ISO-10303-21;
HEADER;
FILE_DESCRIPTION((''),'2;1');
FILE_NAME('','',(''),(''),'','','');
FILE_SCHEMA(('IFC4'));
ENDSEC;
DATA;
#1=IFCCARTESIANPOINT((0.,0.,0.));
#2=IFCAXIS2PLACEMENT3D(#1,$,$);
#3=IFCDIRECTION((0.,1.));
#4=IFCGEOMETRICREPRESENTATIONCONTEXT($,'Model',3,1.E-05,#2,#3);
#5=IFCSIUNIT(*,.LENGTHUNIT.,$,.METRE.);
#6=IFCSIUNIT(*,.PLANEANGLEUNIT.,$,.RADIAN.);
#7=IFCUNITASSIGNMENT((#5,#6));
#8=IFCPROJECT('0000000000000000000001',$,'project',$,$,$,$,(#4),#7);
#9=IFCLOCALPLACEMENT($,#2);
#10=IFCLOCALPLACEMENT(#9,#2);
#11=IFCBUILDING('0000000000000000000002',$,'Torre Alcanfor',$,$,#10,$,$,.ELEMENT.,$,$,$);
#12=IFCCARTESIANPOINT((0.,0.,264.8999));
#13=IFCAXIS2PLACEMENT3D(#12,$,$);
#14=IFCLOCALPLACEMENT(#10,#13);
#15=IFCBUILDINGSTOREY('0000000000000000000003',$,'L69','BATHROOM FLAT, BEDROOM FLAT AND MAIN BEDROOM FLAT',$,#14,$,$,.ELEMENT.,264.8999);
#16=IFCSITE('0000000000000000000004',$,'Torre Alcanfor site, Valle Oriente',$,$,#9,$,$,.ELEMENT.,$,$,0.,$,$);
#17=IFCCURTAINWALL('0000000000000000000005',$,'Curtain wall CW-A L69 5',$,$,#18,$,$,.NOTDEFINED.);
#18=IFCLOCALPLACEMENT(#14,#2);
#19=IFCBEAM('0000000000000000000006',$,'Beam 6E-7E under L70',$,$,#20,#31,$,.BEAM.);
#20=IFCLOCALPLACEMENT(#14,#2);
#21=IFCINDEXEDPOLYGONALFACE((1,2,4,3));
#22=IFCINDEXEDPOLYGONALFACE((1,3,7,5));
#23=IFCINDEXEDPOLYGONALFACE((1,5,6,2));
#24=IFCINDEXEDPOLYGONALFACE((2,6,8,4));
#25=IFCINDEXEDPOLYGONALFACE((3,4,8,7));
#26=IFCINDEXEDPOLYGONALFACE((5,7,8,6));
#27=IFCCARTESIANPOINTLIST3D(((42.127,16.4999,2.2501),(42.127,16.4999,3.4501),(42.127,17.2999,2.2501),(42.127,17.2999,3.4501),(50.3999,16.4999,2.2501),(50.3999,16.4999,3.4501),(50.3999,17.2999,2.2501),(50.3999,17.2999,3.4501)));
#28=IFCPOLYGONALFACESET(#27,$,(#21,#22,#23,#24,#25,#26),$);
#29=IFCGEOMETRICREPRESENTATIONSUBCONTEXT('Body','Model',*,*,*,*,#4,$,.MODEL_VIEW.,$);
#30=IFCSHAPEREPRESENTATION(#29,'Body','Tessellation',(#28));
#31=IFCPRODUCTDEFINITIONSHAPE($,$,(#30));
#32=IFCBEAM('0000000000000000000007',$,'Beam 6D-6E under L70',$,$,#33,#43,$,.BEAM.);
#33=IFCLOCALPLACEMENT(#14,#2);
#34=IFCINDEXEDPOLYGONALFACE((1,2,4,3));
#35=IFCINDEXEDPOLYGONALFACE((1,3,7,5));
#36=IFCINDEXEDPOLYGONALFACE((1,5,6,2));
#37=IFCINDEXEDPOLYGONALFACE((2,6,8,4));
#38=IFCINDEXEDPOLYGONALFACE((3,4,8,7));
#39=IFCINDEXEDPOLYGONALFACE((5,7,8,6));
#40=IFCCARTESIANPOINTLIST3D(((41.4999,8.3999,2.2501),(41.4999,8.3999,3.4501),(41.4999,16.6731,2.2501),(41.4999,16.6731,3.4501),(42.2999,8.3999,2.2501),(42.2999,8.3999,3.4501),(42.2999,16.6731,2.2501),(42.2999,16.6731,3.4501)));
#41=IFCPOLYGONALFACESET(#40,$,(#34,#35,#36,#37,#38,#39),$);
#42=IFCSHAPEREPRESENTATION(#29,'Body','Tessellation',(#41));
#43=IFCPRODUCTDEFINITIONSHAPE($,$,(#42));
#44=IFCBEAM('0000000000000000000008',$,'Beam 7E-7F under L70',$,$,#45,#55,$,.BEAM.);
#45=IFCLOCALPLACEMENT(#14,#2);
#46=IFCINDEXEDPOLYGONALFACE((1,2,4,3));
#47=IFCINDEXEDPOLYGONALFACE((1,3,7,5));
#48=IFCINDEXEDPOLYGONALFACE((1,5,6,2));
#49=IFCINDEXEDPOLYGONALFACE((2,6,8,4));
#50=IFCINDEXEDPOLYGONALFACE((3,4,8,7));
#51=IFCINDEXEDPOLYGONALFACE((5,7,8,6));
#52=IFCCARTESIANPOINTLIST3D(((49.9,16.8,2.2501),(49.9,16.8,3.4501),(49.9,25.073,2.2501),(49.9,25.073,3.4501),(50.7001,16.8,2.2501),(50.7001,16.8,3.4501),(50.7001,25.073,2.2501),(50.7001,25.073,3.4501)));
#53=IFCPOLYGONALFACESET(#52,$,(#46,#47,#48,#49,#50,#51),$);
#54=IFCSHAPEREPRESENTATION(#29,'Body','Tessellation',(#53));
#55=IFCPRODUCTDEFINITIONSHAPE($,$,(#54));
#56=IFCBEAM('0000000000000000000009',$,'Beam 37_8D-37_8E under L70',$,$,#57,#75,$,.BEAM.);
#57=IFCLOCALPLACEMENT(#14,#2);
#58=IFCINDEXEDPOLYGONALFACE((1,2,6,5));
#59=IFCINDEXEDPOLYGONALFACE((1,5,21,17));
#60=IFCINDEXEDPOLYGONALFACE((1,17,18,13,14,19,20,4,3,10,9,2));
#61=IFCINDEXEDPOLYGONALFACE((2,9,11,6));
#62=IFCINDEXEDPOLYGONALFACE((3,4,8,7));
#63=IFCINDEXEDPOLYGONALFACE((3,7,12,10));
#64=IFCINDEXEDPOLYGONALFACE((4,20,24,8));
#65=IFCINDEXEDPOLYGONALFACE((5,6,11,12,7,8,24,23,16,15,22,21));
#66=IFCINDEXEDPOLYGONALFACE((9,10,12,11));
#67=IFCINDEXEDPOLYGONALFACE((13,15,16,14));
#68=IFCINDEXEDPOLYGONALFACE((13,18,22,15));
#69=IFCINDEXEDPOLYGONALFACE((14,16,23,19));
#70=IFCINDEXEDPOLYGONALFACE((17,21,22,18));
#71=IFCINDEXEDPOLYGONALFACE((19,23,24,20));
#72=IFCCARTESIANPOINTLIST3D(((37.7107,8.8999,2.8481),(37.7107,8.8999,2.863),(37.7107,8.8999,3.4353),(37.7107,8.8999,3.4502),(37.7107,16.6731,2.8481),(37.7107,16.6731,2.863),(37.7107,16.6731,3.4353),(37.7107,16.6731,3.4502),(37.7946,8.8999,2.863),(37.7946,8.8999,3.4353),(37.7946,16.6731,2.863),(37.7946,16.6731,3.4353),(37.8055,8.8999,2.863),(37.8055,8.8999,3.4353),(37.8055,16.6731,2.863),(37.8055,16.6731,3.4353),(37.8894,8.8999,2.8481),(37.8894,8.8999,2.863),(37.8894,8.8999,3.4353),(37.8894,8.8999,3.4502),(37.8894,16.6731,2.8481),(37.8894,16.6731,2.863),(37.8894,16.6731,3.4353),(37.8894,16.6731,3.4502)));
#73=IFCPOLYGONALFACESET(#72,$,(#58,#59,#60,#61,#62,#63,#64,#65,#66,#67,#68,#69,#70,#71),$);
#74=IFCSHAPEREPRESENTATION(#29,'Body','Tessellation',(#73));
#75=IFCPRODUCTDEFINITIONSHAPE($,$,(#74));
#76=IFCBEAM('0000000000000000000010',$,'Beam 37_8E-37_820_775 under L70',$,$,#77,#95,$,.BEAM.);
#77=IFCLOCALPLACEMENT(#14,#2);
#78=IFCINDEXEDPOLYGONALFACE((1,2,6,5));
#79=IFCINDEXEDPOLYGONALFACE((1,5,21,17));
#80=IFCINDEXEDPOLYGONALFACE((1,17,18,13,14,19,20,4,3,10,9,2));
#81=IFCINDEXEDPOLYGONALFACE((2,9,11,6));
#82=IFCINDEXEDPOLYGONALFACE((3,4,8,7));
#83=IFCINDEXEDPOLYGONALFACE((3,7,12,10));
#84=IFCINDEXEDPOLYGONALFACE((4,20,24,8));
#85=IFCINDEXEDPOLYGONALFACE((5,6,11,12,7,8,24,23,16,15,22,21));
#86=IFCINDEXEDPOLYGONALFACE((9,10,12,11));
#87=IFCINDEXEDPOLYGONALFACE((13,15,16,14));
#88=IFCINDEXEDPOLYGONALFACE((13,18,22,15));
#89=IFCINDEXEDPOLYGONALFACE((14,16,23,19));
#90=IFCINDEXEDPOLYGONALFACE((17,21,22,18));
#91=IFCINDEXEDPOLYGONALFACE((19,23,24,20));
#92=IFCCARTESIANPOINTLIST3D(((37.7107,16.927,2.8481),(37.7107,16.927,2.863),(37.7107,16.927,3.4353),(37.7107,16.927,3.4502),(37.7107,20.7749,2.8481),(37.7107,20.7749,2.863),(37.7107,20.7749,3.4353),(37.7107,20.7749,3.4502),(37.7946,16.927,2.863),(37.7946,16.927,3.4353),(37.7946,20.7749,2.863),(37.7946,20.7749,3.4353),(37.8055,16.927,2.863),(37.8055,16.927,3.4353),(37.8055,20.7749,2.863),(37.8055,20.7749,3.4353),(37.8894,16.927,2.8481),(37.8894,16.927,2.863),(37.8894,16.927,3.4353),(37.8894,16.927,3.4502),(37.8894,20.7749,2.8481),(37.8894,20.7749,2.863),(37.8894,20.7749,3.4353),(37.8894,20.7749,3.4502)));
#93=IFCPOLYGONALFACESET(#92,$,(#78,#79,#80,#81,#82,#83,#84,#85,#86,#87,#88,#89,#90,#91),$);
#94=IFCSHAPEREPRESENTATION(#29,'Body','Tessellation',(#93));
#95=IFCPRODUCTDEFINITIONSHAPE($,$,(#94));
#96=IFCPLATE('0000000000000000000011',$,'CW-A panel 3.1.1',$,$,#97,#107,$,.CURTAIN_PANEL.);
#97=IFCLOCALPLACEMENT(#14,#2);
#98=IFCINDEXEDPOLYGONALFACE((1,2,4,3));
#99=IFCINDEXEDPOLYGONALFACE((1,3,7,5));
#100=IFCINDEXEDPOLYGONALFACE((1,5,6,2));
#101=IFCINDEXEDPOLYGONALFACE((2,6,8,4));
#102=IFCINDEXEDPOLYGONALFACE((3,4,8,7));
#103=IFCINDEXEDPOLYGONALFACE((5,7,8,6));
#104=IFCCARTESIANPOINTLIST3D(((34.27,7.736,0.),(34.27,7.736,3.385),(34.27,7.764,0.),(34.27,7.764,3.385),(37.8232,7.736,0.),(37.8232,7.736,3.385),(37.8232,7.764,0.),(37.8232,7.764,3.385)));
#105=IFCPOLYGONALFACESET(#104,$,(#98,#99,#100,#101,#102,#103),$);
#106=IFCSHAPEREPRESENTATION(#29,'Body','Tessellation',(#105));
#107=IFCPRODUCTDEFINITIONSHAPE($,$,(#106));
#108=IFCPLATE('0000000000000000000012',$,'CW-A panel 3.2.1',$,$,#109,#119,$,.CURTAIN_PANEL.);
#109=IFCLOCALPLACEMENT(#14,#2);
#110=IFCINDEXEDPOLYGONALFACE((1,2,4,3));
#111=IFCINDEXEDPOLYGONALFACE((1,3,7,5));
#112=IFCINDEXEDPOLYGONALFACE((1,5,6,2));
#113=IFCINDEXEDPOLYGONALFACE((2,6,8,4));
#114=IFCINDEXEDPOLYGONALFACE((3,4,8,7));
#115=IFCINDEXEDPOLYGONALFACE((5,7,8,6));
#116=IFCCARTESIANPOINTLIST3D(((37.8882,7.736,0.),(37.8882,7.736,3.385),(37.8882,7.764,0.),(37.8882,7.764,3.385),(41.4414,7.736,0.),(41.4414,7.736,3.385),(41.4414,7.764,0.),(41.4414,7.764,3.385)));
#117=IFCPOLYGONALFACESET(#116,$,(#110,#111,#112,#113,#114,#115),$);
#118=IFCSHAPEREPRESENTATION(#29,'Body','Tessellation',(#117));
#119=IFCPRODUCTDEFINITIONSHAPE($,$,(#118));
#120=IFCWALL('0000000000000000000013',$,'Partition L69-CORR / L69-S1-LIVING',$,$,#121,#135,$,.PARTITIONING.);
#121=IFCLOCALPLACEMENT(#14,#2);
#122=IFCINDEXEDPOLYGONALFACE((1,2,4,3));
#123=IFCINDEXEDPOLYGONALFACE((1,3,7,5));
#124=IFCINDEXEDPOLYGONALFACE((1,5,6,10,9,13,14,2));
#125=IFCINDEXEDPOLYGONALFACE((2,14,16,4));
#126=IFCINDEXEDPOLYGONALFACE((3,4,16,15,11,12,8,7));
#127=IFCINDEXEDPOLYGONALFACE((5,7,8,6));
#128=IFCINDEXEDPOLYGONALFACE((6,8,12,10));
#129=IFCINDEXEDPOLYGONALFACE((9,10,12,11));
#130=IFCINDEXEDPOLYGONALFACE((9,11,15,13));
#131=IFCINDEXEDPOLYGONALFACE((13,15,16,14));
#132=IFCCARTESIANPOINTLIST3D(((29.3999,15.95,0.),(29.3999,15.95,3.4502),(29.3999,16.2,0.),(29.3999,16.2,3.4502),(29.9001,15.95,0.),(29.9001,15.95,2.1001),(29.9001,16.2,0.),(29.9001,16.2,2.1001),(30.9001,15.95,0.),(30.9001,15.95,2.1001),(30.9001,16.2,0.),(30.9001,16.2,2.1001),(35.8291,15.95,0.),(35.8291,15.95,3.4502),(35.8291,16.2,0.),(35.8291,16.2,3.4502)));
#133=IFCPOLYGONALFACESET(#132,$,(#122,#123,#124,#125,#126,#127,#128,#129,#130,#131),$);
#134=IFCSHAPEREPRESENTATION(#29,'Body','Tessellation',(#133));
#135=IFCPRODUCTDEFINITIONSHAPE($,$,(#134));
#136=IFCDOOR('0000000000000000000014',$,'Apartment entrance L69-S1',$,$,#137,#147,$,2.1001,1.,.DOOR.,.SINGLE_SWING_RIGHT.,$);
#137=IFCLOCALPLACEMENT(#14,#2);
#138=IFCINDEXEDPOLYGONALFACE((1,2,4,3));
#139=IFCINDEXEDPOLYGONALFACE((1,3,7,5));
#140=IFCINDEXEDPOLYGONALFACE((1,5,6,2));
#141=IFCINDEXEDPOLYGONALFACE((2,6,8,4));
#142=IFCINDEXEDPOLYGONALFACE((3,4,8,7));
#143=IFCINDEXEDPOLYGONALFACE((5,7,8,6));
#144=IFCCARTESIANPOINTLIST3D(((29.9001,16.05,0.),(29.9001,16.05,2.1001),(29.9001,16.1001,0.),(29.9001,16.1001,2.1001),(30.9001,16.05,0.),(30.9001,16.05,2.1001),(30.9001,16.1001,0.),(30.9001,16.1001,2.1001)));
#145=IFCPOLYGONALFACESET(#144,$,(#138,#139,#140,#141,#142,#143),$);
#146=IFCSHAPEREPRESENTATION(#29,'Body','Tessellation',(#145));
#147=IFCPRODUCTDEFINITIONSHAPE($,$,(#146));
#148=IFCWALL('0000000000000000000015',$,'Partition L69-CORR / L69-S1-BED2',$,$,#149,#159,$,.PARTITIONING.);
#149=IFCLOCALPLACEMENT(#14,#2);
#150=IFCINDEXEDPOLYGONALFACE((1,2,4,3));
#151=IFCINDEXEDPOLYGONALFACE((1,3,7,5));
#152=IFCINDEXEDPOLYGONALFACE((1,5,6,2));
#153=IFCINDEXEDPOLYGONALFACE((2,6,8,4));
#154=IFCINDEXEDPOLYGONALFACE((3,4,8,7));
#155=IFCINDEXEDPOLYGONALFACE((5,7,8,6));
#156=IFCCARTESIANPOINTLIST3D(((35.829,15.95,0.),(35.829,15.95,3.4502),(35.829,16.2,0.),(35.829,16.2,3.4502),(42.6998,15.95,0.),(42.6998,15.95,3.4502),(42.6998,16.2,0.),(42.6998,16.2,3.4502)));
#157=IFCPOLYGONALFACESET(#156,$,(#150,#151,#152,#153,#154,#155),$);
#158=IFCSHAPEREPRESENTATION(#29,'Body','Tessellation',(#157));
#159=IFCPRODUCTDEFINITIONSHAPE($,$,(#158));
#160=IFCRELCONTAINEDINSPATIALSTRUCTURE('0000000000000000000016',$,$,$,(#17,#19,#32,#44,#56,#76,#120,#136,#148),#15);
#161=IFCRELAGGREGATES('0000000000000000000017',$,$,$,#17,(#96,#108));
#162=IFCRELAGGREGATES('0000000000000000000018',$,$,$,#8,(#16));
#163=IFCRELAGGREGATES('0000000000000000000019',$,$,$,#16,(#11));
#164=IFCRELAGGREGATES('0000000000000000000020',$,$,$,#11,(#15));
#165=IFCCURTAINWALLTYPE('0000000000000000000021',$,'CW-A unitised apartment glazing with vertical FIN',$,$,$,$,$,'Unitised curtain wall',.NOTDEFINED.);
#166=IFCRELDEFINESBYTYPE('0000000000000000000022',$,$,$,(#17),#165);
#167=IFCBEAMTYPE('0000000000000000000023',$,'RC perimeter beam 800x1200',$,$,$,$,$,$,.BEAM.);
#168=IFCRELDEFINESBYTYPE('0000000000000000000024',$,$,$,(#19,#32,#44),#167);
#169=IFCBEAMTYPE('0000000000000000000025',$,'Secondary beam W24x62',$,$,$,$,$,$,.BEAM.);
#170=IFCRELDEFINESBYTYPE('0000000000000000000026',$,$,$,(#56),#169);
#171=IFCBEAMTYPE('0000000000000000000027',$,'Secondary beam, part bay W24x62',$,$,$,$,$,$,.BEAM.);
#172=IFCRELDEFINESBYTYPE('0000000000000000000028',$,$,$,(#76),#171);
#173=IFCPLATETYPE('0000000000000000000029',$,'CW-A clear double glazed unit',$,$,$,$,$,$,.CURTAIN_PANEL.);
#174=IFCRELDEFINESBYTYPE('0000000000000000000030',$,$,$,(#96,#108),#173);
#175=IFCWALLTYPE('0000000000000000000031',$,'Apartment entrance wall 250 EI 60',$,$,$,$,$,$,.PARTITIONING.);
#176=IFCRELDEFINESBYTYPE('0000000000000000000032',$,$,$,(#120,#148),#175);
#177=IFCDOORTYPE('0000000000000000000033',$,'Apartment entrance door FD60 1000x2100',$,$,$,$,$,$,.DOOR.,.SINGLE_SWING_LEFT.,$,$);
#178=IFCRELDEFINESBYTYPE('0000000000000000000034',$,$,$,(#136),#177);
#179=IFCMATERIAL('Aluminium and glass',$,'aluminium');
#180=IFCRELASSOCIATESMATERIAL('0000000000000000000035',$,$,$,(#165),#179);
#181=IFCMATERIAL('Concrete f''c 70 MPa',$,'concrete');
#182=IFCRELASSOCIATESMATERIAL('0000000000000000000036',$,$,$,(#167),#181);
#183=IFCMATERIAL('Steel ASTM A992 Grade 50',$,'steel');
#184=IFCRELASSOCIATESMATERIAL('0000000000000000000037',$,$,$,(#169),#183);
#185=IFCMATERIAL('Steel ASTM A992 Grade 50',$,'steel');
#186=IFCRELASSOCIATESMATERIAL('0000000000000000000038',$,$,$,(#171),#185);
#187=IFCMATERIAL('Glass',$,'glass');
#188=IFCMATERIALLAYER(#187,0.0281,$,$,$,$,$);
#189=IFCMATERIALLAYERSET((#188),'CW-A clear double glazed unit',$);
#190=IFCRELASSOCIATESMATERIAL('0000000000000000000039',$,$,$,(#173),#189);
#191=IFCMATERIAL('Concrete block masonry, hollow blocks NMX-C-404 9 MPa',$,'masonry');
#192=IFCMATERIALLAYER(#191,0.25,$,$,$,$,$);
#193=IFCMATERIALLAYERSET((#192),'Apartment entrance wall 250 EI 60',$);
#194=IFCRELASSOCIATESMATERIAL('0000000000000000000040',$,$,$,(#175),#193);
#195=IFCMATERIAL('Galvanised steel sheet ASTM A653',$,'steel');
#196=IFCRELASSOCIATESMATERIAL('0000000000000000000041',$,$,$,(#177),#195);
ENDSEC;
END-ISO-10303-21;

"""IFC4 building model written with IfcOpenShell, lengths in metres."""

from ifc_helpers import new_model, si_unit, direction, frame, frame_2d, origin, origin_2d, place, context, subcontext, project, spatial, rectangle, i_section, extrude, material, layer, layer_set, material_profile, profile_set, type_object, element, fill, aggregate, save


model = new_model("IFC4")

# Units and contexts
model_context = context("Model", 3, precision=1e-05, world=origin(), true_north=direction((0.0, 1.0)))
body_context = subcontext(model_context, "Body", "Model", "MODEL_VIEW")
ifc_project = project(units=[si_unit("LENGTHUNIT", "METRE"), si_unit("PLANEANGLEUNIT", "RADIAN")], contexts=[model_context])

# Site, building, storey
site_placement = place(None, origin())
site = spatial("IfcSite", under=ifc_project, at=site_placement, Name="Torre Alcanfor site, Valle Oriente", CompositionType="ELEMENT", RefElevation=0.0)
building_placement = place(site_placement, origin())
building = spatial("IfcBuilding", under=site, at=building_placement, Name="Torre Alcanfor", CompositionType="ELEMENT")
storey_placement = place(building_placement, frame((0.0, 0.0, 264.8999)))
storey = spatial("IfcBuildingStorey", under=building, at=storey_placement, Name="L69", Description="BATHROOM FLAT, BEDROOM FLAT AND MAIN BEDROOM FLAT", CompositionType="ELEMENT", Elevation=264.8999)

# Curtain wall
ifc_material_1 = material(Name="Aluminium and glass", Category="aluminium")
curtain_wall_type = type_object("IfcCurtainWallType", Name="CW-A unitised apartment glazing with vertical FIN", ElementType="Unitised curtain wall", PredefinedType="NOTDEFINED", material=ifc_material_1)
curtain_wall_placement = place(storey_placement, origin())
curtain_wall = element("IfcCurtainWall", 1, at=curtain_wall_placement, inside=storey, type_object=curtain_wall_type, Name="Curtain wall CW-A L69 5", PredefinedType="NOTDEFINED")

# Beams
ifc_material_2 = material(Name="Concrete f'c 70 MPa", Category="concrete")
ifc_material_profile_1 = material_profile(ifc_material_2, rectangle(XDim=0.8, YDim=1.2, at=origin_2d()), Name="800x1200")
ifc_profile_set_1 = profile_set([ifc_material_profile_1], Name="Concrete f'c 70 MPa")
beam_type_1 = type_object("IfcBeamType", Name="RC perimeter beam 800x1200", PredefinedType="BEAM", material=ifc_profile_set_1)
beam_1_placement = place(storey_placement, frame((42.127, 16.8999, 2.8501), z_axis=(1.0, 0.0, 0.0), x_axis=(0.0, 1.0, 0.0)))
element("IfcBeam", 2, at=beam_1_placement, inside=storey, type_object=beam_type_1, Name="Beam 6E-7E under L70", PredefinedType="BEAM", context=body_context, shape_type="SweptSolid", body=[
    extrude(rectangle(XDim=0.8, YDim=1.2, at=origin_2d()), origin(), (0.0, 0.0, 1.0), 8.2729),
])
beam_2_placement = place(storey_placement, frame((41.8999, 8.3999, 2.8501), z_axis=(0.0, 1.0, 0.0), x_axis=(-1.0, 0.0, 0.0)))
element("IfcBeam", 3, at=beam_2_placement, inside=storey, type_object=beam_type_1, Name="Beam 6D-6E under L70", PredefinedType="BEAM", context=body_context, shape_type="SweptSolid", body=[
    extrude(rectangle(XDim=0.8, YDim=1.2, at=origin_2d()), origin(), (0.0, 0.0, 1.0), 8.2732),
])
beam_3_placement = place(storey_placement, frame((50.3, 16.8, 2.8501), z_axis=(0.0, 1.0, 0.0), x_axis=(-1.0, 0.0, 0.0)))
element("IfcBeam", 4, at=beam_3_placement, inside=storey, type_object=beam_type_1, Name="Beam 7E-7F under L70", PredefinedType="BEAM", context=body_context, shape_type="SweptSolid", body=[
    extrude(rectangle(XDim=0.8, YDim=1.2, at=origin_2d()), origin(), (0.0, 0.0, 1.0), 8.2729),
])
ifc_material_3 = material(Name="Steel ASTM A992 Grade 50", Category="steel")
ifc_material_profile_2 = material_profile(ifc_material_3, i_section(OverallWidth=0.1787, OverallDepth=0.6021, WebThickness=0.011, FlangeThickness=0.0149, at=origin_2d()), Name="W24x62")
ifc_profile_set_2 = profile_set([ifc_material_profile_2], Name="Steel ASTM A992 Grade 50")
beam_type_2 = type_object("IfcBeamType", Name="Secondary beam W24x62", PredefinedType="BEAM", material=ifc_profile_set_2)
beam_4_placement = place(storey_placement, frame((37.8, 8.8999, 3.1492), z_axis=(0.0, 1.0, 0.0), x_axis=(-1.0, 0.0, 0.0)))
element("IfcBeam", 5, at=beam_4_placement, inside=storey, type_object=beam_type_2, Name="Beam 37_8D-37_8E under L70", PredefinedType="BEAM", context=body_context, shape_type="SweptSolid", body=[
    extrude(i_section(OverallWidth=0.1787, OverallDepth=0.6021, WebThickness=0.011, FlangeThickness=0.0149, at=origin_2d()), origin(), (0.0, 0.0, 1.0), 7.7732),
])
ifc_material_4 = material(Name="Steel ASTM A992 Grade 50", Category="steel")
ifc_material_profile_3 = material_profile(ifc_material_4, i_section(OverallWidth=0.1787, OverallDepth=0.6021, WebThickness=0.011, FlangeThickness=0.0149, at=origin_2d()), Name="W24x62")
ifc_profile_set_3 = profile_set([ifc_material_profile_3], Name="Steel ASTM A992 Grade 50")
beam_type_3 = type_object("IfcBeamType", Name="Secondary beam, part bay W24x62", PredefinedType="BEAM", material=ifc_profile_set_3)
beam_5_placement = place(storey_placement, frame((37.8, 16.927, 3.1492), z_axis=(0.0, 1.0, 0.0), x_axis=(-1.0, 0.0, 0.0)))
element("IfcBeam", 6, at=beam_5_placement, inside=storey, type_object=beam_type_3, Name="Beam 37_8E-37_820_775 under L70", PredefinedType="BEAM", context=body_context, shape_type="SweptSolid", body=[
    extrude(i_section(OverallWidth=0.1787, OverallDepth=0.6021, WebThickness=0.011, FlangeThickness=0.0149, at=origin_2d()), origin(), (0.0, 0.0, 1.0), 3.8479),
])

# Plates
ifc_material_5 = material(Name="Glass", Category="glass")
ifc_layer_1 = layer(ifc_material_5, 0.0281)
ifc_layer_set_1 = layer_set([ifc_layer_1], Name="CW-A clear double glazed unit")
plate_type = type_object("IfcPlateType", Name="CW-A clear double glazed unit", PredefinedType="CURTAIN_PANEL", material=ifc_layer_set_1)
plate_1_placement = place(storey_placement, frame((36.0466, 7.75, 0.0), z_axis=(0.0, 0.0, 1.0), x_axis=(1.0, 0.0, 0.0)))
plate_1 = element("IfcPlate", 7, at=plate_1_placement, type_object=plate_type, Name="CW-A panel 3.1.1", PredefinedType="CURTAIN_PANEL", context=body_context, shape_type="SweptSolid", body=[
    extrude(rectangle(XDim=3.5532, YDim=0.0281, at=origin_2d()), origin(), (0.0, 0.0, 1.0), 3.385),
])
plate_2_placement = place(storey_placement, frame((39.6648, 7.75, 0.0), z_axis=(0.0, 0.0, 1.0), x_axis=(1.0, 0.0, 0.0)))
plate_2 = element("IfcPlate", 8, at=plate_2_placement, type_object=plate_type, Name="CW-A panel 3.2.1", PredefinedType="CURTAIN_PANEL", context=body_context, shape_type="SweptSolid", body=[
    extrude(rectangle(XDim=3.5532, YDim=0.0281, at=origin_2d()), origin(), (0.0, 0.0, 1.0), 3.385),
])
aggregate(curtain_wall, [plate_1, plate_2])

# Wall, opening, door
ifc_material_6 = material(Name="Concrete block masonry, hollow blocks NMX-C-404 9 MPa", Category="masonry")
ifc_layer_2 = layer(ifc_material_6, 0.25)
ifc_layer_set_2 = layer_set([ifc_layer_2], Name="Apartment entrance wall 250 EI 60")
wall_type_1 = type_object("IfcWallType", Name="Apartment entrance wall 250 EI 60", PredefinedType="PARTITIONING", material=ifc_layer_set_2)
wall_1_placement = place(storey_placement, frame((35.8291, 16.075, 0.0), z_axis=(0.0, 0.0, 1.0), x_axis=(-1.0, 0.0, 0.0)))
wall_1 = element("IfcWall", 9, at=wall_1_placement, inside=storey, type_object=wall_type_1, Name="Partition L69-CORR / L69-S1-LIVING", PredefinedType="PARTITIONING", context=body_context, shape_type="SweptSolid", body=[
    extrude(rectangle(XDim=6.4292, YDim=0.25, at=frame_2d((3.2146, 0.0))), origin(), (0.0, 0.0, 1.0), 3.4502),
])
opening_1_placement = place(wall_1_placement, frame((4.929, 0.0, 0.0)))
opening_1 = element("IfcOpeningElement", 10, at=opening_1_placement, cuts=wall_1, PredefinedType="OPENING", context=body_context, shape_type="SweptSolid", body=[
    extrude(rectangle(XDim=1.0, YDim=2.1001, at=frame_2d((0.5, 1.05))), frame((0.0, 0.135, 0.0), z_axis=(0.0, -1.0, 0.0), x_axis=(1.0, 0.0, 0.0)), (0.0, 0.0, 1.0), 0.27),
])
ifc_material_7 = material(Name="Galvanised steel sheet ASTM A653", Category="steel")
door_type_1 = type_object("IfcDoorType", Name="Apartment entrance door FD60 1000x2100", OperationType="SINGLE_SWING_LEFT", PredefinedType="DOOR", material=ifc_material_7)
door_1_placement = place(opening_1_placement, origin())
door_1 = element("IfcDoor", 11, at=door_1_placement, inside=storey, type_object=door_type_1, Name="Apartment entrance L69-S1", OperationType="SINGLE_SWING_RIGHT", OverallHeight=2.1001, OverallWidth=1.0, PredefinedType="DOOR", context=body_context, shape_type="SweptSolid", body=[
    extrude(rectangle(XDim=1.0, YDim=2.1001, at=frame_2d((0.5, 1.05))), frame((0.0, 0.0249, 0.0), z_axis=(0.0, -1.0, 0.0), x_axis=(1.0, 0.0, 0.0)), (0.0, 0.0, 1.0), 0.05),
])
fill(opening_1, door_1)

# Wall
wall_2_placement = place(storey_placement, frame((42.7, 16.075, 0.0), z_axis=(0.0, 0.0, 1.0), x_axis=(-1.0, 0.0, 0.0)))
element("IfcWall", 12, at=wall_2_placement, inside=storey, type_object=wall_type_1, Name="Partition L69-CORR / L69-S1-BED2", PredefinedType="PARTITIONING", context=body_context, shape_type="SweptSolid", body=[
    extrude(rectangle(XDim=6.8708, YDim=0.25, at=frame_2d((3.4355, 0.0))), origin(), (0.0, 0.0, 1.0), 3.4502),
])

save(model, "model.ifc")
